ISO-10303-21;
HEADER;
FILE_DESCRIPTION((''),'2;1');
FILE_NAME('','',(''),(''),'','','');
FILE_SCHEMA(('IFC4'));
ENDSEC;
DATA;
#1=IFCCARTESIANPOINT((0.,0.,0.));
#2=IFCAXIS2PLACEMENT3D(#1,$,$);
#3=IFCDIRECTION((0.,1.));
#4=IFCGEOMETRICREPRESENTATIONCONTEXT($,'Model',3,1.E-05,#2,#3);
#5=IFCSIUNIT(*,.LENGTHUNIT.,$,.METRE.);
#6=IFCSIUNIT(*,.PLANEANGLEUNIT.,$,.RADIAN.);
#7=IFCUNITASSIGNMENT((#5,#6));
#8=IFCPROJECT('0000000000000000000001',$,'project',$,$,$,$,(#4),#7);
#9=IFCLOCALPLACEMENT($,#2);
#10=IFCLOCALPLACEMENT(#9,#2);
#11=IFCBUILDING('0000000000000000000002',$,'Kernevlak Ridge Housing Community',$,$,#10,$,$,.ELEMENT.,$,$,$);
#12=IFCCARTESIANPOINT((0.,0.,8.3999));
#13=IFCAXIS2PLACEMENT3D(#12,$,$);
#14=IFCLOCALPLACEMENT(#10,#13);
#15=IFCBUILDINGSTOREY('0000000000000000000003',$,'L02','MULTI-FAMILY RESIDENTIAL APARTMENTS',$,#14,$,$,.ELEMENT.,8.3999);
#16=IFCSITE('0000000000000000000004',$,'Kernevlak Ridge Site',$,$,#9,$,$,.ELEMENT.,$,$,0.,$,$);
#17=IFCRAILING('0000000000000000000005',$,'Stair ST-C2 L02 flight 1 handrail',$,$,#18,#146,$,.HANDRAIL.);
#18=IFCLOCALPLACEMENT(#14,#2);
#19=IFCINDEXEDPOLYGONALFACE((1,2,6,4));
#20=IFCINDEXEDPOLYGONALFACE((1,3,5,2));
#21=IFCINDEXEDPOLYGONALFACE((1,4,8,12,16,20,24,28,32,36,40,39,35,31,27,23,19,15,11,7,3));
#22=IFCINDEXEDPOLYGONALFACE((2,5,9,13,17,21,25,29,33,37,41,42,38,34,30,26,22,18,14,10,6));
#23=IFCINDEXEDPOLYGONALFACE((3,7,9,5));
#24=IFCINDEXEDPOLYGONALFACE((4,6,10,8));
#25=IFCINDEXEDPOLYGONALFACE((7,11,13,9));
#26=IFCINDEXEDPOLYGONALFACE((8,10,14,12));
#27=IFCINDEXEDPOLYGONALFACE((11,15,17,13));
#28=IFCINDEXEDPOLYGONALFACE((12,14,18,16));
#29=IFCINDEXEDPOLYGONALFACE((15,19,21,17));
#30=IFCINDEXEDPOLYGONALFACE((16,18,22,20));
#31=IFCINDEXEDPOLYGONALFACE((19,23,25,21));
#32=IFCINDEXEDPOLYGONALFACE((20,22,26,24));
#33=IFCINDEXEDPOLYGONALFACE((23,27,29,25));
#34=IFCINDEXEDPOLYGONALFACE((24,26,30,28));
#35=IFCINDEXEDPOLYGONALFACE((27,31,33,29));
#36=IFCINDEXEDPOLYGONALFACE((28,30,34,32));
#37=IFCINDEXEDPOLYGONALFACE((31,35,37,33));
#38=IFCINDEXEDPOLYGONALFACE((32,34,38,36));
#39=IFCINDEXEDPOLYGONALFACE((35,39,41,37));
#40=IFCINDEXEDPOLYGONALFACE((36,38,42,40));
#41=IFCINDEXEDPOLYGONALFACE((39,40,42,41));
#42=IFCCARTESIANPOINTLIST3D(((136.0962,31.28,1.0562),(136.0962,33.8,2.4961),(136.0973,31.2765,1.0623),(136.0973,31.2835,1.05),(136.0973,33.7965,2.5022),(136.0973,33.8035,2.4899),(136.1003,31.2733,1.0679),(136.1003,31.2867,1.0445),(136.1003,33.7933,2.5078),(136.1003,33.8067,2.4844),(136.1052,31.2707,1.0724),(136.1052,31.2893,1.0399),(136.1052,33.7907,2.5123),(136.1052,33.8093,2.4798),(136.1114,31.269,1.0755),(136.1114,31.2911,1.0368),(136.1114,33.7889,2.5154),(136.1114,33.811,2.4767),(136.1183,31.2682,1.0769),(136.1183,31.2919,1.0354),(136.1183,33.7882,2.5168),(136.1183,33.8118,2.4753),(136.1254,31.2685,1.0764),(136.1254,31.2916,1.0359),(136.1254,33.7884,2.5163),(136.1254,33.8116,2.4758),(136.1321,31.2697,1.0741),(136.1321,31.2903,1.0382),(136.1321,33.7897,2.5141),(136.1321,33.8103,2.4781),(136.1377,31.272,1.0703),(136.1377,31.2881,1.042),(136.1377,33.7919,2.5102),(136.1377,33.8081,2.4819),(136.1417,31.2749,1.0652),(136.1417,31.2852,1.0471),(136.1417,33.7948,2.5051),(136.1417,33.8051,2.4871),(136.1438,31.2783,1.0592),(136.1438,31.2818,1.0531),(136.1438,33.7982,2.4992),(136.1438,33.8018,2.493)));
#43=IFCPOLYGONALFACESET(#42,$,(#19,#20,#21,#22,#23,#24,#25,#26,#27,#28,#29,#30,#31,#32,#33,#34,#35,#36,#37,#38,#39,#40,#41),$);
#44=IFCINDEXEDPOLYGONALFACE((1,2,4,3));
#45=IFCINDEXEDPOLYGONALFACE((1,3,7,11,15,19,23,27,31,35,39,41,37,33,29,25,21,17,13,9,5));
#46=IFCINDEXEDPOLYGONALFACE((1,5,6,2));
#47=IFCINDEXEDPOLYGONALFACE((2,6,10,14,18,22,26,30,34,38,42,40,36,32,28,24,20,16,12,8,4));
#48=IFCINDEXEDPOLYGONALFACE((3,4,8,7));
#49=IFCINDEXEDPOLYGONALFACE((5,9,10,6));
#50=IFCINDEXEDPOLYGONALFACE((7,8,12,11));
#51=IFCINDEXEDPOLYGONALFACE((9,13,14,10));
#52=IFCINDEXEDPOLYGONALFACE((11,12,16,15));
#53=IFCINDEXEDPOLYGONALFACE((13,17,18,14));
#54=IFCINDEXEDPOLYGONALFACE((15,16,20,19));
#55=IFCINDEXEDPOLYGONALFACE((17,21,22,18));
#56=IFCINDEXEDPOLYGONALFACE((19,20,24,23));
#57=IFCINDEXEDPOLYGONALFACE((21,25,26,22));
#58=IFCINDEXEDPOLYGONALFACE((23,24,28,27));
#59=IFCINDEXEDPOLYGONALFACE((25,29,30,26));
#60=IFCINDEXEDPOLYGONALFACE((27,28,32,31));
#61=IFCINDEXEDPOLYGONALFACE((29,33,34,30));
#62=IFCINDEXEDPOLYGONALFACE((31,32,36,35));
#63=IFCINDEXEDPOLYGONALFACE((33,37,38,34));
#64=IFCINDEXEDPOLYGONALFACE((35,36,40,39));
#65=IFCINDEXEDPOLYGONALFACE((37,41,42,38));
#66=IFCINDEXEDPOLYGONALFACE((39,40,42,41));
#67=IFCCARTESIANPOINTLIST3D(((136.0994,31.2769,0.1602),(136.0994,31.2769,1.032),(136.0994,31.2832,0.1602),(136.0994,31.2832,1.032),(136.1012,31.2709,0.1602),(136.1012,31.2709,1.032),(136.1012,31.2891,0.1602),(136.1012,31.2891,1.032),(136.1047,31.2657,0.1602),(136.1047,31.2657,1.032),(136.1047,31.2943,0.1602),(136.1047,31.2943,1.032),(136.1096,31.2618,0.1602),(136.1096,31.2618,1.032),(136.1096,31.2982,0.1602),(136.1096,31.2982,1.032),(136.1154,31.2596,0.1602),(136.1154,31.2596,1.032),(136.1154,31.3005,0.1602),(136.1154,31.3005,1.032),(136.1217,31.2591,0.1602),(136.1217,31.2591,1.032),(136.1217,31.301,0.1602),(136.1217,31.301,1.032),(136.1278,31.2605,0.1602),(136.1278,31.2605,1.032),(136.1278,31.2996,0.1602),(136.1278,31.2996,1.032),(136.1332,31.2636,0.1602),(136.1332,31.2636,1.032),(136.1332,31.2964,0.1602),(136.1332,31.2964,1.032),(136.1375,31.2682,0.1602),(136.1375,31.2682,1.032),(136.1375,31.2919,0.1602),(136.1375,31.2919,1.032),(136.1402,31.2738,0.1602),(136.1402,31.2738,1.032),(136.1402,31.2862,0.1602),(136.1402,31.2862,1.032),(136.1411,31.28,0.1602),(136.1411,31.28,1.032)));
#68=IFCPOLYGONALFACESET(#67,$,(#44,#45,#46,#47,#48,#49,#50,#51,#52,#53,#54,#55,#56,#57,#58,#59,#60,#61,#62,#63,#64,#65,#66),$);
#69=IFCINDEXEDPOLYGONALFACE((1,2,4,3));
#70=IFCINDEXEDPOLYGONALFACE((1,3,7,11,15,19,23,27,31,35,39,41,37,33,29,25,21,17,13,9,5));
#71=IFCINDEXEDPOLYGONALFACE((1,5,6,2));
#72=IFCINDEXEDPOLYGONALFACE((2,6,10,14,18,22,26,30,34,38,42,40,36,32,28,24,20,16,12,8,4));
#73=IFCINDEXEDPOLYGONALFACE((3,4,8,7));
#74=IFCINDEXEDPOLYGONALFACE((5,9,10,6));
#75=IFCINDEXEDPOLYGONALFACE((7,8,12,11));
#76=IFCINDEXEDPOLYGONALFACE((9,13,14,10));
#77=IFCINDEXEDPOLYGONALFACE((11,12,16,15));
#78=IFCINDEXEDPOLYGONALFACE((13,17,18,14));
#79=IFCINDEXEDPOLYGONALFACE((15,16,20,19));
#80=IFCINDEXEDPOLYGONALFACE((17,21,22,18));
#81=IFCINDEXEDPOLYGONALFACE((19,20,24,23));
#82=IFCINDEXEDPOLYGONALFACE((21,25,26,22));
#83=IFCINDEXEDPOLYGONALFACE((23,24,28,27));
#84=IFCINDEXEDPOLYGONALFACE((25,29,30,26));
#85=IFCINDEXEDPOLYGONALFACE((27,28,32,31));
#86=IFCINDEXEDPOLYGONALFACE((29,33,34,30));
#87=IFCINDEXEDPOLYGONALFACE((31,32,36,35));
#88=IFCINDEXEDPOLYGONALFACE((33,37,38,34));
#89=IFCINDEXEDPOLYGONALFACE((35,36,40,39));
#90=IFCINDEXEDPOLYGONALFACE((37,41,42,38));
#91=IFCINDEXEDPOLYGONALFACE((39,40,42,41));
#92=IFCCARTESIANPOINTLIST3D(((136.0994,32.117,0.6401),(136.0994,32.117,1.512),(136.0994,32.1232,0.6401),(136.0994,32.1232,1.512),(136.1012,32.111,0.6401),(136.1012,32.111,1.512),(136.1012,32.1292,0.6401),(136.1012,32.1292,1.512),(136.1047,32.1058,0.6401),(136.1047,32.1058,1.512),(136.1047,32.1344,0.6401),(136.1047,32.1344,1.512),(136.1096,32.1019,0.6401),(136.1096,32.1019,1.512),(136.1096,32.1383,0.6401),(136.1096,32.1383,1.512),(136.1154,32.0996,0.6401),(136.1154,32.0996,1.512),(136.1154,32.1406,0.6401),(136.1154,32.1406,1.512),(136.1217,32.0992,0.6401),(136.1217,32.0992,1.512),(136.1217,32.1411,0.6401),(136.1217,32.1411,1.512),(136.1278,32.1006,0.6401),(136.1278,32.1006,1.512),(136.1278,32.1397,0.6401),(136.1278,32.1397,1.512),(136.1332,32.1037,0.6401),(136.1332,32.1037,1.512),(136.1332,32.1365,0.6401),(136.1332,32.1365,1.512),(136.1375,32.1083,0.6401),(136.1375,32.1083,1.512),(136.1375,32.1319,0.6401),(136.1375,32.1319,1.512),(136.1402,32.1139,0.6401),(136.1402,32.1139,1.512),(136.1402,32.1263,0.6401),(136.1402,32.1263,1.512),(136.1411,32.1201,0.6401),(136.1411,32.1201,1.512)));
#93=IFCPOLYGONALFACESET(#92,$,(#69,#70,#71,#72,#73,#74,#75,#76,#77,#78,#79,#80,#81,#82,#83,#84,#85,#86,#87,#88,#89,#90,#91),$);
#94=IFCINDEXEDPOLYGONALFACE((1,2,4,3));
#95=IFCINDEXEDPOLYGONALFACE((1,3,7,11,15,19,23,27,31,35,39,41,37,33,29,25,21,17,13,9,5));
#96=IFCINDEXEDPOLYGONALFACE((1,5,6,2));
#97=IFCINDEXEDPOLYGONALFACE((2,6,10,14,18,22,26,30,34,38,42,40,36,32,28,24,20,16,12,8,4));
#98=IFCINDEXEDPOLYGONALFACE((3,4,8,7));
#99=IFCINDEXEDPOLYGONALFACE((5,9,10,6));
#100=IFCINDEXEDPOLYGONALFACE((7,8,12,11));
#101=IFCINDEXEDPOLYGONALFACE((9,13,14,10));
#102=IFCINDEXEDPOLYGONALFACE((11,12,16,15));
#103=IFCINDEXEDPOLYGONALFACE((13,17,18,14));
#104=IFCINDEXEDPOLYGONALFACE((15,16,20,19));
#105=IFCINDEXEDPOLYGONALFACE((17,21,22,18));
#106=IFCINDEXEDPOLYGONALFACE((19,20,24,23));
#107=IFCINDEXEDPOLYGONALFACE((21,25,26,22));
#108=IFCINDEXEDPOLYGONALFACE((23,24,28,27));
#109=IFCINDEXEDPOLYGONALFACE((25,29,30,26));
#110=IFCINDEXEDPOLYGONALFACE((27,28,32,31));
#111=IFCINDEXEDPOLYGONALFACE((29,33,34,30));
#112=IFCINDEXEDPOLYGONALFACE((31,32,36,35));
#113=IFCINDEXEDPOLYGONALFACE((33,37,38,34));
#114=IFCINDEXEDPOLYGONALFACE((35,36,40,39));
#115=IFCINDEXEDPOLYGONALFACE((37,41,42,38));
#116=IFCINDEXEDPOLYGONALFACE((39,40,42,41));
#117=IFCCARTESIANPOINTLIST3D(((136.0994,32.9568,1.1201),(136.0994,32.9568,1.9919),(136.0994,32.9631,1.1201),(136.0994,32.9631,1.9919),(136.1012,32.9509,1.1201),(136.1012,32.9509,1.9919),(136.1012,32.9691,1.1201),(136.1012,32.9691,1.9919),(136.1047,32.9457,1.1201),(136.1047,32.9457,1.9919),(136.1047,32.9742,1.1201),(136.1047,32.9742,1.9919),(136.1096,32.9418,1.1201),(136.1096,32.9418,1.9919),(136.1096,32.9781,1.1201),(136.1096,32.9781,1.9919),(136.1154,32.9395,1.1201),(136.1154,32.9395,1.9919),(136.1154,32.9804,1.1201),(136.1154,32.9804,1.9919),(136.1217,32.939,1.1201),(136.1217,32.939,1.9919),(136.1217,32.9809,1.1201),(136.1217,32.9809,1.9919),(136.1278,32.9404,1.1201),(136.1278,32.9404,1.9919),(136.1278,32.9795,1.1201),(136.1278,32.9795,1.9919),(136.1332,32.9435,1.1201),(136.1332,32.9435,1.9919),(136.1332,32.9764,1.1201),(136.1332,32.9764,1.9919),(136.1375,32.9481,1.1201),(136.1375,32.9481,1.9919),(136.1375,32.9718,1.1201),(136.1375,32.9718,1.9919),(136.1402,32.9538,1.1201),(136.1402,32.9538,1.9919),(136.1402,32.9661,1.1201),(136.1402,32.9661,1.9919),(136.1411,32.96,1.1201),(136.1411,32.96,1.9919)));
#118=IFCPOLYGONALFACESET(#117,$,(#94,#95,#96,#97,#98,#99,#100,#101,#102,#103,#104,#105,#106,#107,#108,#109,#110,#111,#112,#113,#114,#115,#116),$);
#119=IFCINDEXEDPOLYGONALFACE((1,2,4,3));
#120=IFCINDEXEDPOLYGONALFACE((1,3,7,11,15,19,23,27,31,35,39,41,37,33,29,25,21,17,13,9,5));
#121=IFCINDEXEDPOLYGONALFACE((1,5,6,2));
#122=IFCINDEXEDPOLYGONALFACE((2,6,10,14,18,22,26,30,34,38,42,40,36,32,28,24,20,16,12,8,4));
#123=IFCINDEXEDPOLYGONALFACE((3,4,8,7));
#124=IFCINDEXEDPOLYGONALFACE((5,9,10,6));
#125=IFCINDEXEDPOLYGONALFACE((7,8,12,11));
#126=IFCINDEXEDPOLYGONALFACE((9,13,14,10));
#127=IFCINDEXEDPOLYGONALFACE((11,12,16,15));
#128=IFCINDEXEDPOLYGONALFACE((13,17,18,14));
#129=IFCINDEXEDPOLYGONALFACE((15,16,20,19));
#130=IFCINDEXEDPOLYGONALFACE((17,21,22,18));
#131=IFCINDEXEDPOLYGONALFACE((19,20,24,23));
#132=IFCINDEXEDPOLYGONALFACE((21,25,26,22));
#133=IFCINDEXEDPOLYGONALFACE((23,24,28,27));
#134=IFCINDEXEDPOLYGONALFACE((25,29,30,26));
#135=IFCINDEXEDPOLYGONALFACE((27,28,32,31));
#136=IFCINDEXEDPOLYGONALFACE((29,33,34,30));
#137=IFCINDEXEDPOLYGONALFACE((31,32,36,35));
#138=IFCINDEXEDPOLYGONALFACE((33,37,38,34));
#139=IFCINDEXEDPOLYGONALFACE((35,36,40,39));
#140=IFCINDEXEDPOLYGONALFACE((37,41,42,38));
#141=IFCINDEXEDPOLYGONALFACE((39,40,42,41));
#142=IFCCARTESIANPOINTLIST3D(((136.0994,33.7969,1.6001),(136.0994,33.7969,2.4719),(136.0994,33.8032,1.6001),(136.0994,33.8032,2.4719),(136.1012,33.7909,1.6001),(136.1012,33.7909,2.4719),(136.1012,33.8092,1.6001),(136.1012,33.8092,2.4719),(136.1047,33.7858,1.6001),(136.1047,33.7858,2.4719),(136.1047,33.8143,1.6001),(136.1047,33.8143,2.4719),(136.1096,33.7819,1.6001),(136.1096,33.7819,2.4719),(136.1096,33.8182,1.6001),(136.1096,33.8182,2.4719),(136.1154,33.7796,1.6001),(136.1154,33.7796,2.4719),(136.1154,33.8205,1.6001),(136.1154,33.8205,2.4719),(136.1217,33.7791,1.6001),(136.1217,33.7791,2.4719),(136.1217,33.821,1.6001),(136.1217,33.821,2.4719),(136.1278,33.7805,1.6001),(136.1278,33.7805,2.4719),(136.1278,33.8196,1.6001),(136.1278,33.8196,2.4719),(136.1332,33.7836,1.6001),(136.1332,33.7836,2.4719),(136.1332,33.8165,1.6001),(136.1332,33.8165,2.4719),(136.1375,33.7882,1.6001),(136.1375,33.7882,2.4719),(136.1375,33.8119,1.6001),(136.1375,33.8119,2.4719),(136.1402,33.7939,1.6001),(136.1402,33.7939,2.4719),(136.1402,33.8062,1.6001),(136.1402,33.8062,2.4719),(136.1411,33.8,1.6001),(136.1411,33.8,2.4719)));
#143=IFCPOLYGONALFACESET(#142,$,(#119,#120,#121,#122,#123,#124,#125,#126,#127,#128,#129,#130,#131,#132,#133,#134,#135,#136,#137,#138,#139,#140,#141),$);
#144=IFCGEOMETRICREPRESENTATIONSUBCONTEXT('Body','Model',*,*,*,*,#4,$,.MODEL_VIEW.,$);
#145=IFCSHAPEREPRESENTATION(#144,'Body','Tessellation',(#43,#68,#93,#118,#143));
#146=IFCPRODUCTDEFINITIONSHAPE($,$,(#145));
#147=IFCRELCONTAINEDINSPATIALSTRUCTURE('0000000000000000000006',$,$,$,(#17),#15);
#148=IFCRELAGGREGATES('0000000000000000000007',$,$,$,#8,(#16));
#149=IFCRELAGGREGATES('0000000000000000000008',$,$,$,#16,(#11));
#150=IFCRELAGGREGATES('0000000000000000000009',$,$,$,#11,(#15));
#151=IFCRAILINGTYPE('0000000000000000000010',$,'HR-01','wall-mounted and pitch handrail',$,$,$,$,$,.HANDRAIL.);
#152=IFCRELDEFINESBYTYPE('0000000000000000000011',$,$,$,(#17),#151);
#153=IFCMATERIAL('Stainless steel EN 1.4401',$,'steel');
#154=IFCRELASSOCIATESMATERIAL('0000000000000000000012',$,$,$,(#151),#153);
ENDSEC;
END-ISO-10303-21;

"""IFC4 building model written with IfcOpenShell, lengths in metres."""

from ifc_helpers import new_model, si_unit, direction, frame, origin, origin_2d, place, context, subcontext, project, spatial, circle, extrude, material, type_object, element, save


model = new_model("IFC4")

# Units and contexts
model_context = context("Model", 3, precision=1e-05, world=origin(), true_north=direction((0.0, 1.0)))
body_context = subcontext(model_context, "Body", "Model", "MODEL_VIEW")
ifc_project = project(units=[si_unit("LENGTHUNIT", "METRE"), si_unit("PLANEANGLEUNIT", "RADIAN")], contexts=[model_context])

# Site, building, storey
site_placement = place(None, origin())
site = spatial("IfcSite", under=ifc_project, at=site_placement, Name="Kernevlak Ridge Site", CompositionType="ELEMENT", RefElevation=0.0)
building_placement = place(site_placement, origin())
building = spatial("IfcBuilding", under=site, at=building_placement, Name="Kernevlak Ridge Housing Community", CompositionType="ELEMENT")
storey_placement = place(building_placement, frame((0.0, 0.0, 8.3999)))
storey = spatial("IfcBuildingStorey", under=building, at=storey_placement, Name="L02", Description="MULTI-FAMILY RESIDENTIAL APARTMENTS", CompositionType="ELEMENT", Elevation=8.3999)

# Shared definitions
ifc_material_1 = material(Name="Stainless steel EN 1.4401", Category="steel")

# Railing
railing_type_1 = type_object("IfcRailingType", Name="HR-01", Description="wall-mounted and pitch handrail", PredefinedType="HANDRAIL", material=ifc_material_1)
railing_1_placement = place(storey_placement, frame((136.1201, 31.28, 0.1602)))
element("IfcRailing", 1, at=railing_1_placement, inside=storey, type_object=railing_type_1, Name="Stair ST-C2 L02 flight 1 handrail", PredefinedType="HANDRAIL", context=body_context, shape_type="SweptSolid", body=[
    extrude(circle(Radius=0.0239, at=origin_2d()), frame((0.0, 0.0, 0.896), z_axis=(0.0, 0.868253, 0.496121), x_axis=(-1.0, 0.0, 0.0)), (0.0, 0.0, 1.0), 2.9023),
    extrude(circle(Radius=0.021, at=origin_2d()), origin(), (0.0, 0.0, 1.0), 0.8718),
    extrude(circle(Radius=0.021, at=origin_2d()), frame((0.0, 0.8401, 0.48)), (0.0, 0.0, 1.0), 0.8718),
    extrude(circle(Radius=0.021, at=origin_2d()), frame((0.0, 1.6799, 0.96)), (0.0, 0.0, 1.0), 0.8718),
    extrude(circle(Radius=0.021, at=origin_2d()), frame((0.0, 2.52, 1.4399)), (0.0, 0.0, 1.0), 0.8718),
])

save(model, "model.ifc")
